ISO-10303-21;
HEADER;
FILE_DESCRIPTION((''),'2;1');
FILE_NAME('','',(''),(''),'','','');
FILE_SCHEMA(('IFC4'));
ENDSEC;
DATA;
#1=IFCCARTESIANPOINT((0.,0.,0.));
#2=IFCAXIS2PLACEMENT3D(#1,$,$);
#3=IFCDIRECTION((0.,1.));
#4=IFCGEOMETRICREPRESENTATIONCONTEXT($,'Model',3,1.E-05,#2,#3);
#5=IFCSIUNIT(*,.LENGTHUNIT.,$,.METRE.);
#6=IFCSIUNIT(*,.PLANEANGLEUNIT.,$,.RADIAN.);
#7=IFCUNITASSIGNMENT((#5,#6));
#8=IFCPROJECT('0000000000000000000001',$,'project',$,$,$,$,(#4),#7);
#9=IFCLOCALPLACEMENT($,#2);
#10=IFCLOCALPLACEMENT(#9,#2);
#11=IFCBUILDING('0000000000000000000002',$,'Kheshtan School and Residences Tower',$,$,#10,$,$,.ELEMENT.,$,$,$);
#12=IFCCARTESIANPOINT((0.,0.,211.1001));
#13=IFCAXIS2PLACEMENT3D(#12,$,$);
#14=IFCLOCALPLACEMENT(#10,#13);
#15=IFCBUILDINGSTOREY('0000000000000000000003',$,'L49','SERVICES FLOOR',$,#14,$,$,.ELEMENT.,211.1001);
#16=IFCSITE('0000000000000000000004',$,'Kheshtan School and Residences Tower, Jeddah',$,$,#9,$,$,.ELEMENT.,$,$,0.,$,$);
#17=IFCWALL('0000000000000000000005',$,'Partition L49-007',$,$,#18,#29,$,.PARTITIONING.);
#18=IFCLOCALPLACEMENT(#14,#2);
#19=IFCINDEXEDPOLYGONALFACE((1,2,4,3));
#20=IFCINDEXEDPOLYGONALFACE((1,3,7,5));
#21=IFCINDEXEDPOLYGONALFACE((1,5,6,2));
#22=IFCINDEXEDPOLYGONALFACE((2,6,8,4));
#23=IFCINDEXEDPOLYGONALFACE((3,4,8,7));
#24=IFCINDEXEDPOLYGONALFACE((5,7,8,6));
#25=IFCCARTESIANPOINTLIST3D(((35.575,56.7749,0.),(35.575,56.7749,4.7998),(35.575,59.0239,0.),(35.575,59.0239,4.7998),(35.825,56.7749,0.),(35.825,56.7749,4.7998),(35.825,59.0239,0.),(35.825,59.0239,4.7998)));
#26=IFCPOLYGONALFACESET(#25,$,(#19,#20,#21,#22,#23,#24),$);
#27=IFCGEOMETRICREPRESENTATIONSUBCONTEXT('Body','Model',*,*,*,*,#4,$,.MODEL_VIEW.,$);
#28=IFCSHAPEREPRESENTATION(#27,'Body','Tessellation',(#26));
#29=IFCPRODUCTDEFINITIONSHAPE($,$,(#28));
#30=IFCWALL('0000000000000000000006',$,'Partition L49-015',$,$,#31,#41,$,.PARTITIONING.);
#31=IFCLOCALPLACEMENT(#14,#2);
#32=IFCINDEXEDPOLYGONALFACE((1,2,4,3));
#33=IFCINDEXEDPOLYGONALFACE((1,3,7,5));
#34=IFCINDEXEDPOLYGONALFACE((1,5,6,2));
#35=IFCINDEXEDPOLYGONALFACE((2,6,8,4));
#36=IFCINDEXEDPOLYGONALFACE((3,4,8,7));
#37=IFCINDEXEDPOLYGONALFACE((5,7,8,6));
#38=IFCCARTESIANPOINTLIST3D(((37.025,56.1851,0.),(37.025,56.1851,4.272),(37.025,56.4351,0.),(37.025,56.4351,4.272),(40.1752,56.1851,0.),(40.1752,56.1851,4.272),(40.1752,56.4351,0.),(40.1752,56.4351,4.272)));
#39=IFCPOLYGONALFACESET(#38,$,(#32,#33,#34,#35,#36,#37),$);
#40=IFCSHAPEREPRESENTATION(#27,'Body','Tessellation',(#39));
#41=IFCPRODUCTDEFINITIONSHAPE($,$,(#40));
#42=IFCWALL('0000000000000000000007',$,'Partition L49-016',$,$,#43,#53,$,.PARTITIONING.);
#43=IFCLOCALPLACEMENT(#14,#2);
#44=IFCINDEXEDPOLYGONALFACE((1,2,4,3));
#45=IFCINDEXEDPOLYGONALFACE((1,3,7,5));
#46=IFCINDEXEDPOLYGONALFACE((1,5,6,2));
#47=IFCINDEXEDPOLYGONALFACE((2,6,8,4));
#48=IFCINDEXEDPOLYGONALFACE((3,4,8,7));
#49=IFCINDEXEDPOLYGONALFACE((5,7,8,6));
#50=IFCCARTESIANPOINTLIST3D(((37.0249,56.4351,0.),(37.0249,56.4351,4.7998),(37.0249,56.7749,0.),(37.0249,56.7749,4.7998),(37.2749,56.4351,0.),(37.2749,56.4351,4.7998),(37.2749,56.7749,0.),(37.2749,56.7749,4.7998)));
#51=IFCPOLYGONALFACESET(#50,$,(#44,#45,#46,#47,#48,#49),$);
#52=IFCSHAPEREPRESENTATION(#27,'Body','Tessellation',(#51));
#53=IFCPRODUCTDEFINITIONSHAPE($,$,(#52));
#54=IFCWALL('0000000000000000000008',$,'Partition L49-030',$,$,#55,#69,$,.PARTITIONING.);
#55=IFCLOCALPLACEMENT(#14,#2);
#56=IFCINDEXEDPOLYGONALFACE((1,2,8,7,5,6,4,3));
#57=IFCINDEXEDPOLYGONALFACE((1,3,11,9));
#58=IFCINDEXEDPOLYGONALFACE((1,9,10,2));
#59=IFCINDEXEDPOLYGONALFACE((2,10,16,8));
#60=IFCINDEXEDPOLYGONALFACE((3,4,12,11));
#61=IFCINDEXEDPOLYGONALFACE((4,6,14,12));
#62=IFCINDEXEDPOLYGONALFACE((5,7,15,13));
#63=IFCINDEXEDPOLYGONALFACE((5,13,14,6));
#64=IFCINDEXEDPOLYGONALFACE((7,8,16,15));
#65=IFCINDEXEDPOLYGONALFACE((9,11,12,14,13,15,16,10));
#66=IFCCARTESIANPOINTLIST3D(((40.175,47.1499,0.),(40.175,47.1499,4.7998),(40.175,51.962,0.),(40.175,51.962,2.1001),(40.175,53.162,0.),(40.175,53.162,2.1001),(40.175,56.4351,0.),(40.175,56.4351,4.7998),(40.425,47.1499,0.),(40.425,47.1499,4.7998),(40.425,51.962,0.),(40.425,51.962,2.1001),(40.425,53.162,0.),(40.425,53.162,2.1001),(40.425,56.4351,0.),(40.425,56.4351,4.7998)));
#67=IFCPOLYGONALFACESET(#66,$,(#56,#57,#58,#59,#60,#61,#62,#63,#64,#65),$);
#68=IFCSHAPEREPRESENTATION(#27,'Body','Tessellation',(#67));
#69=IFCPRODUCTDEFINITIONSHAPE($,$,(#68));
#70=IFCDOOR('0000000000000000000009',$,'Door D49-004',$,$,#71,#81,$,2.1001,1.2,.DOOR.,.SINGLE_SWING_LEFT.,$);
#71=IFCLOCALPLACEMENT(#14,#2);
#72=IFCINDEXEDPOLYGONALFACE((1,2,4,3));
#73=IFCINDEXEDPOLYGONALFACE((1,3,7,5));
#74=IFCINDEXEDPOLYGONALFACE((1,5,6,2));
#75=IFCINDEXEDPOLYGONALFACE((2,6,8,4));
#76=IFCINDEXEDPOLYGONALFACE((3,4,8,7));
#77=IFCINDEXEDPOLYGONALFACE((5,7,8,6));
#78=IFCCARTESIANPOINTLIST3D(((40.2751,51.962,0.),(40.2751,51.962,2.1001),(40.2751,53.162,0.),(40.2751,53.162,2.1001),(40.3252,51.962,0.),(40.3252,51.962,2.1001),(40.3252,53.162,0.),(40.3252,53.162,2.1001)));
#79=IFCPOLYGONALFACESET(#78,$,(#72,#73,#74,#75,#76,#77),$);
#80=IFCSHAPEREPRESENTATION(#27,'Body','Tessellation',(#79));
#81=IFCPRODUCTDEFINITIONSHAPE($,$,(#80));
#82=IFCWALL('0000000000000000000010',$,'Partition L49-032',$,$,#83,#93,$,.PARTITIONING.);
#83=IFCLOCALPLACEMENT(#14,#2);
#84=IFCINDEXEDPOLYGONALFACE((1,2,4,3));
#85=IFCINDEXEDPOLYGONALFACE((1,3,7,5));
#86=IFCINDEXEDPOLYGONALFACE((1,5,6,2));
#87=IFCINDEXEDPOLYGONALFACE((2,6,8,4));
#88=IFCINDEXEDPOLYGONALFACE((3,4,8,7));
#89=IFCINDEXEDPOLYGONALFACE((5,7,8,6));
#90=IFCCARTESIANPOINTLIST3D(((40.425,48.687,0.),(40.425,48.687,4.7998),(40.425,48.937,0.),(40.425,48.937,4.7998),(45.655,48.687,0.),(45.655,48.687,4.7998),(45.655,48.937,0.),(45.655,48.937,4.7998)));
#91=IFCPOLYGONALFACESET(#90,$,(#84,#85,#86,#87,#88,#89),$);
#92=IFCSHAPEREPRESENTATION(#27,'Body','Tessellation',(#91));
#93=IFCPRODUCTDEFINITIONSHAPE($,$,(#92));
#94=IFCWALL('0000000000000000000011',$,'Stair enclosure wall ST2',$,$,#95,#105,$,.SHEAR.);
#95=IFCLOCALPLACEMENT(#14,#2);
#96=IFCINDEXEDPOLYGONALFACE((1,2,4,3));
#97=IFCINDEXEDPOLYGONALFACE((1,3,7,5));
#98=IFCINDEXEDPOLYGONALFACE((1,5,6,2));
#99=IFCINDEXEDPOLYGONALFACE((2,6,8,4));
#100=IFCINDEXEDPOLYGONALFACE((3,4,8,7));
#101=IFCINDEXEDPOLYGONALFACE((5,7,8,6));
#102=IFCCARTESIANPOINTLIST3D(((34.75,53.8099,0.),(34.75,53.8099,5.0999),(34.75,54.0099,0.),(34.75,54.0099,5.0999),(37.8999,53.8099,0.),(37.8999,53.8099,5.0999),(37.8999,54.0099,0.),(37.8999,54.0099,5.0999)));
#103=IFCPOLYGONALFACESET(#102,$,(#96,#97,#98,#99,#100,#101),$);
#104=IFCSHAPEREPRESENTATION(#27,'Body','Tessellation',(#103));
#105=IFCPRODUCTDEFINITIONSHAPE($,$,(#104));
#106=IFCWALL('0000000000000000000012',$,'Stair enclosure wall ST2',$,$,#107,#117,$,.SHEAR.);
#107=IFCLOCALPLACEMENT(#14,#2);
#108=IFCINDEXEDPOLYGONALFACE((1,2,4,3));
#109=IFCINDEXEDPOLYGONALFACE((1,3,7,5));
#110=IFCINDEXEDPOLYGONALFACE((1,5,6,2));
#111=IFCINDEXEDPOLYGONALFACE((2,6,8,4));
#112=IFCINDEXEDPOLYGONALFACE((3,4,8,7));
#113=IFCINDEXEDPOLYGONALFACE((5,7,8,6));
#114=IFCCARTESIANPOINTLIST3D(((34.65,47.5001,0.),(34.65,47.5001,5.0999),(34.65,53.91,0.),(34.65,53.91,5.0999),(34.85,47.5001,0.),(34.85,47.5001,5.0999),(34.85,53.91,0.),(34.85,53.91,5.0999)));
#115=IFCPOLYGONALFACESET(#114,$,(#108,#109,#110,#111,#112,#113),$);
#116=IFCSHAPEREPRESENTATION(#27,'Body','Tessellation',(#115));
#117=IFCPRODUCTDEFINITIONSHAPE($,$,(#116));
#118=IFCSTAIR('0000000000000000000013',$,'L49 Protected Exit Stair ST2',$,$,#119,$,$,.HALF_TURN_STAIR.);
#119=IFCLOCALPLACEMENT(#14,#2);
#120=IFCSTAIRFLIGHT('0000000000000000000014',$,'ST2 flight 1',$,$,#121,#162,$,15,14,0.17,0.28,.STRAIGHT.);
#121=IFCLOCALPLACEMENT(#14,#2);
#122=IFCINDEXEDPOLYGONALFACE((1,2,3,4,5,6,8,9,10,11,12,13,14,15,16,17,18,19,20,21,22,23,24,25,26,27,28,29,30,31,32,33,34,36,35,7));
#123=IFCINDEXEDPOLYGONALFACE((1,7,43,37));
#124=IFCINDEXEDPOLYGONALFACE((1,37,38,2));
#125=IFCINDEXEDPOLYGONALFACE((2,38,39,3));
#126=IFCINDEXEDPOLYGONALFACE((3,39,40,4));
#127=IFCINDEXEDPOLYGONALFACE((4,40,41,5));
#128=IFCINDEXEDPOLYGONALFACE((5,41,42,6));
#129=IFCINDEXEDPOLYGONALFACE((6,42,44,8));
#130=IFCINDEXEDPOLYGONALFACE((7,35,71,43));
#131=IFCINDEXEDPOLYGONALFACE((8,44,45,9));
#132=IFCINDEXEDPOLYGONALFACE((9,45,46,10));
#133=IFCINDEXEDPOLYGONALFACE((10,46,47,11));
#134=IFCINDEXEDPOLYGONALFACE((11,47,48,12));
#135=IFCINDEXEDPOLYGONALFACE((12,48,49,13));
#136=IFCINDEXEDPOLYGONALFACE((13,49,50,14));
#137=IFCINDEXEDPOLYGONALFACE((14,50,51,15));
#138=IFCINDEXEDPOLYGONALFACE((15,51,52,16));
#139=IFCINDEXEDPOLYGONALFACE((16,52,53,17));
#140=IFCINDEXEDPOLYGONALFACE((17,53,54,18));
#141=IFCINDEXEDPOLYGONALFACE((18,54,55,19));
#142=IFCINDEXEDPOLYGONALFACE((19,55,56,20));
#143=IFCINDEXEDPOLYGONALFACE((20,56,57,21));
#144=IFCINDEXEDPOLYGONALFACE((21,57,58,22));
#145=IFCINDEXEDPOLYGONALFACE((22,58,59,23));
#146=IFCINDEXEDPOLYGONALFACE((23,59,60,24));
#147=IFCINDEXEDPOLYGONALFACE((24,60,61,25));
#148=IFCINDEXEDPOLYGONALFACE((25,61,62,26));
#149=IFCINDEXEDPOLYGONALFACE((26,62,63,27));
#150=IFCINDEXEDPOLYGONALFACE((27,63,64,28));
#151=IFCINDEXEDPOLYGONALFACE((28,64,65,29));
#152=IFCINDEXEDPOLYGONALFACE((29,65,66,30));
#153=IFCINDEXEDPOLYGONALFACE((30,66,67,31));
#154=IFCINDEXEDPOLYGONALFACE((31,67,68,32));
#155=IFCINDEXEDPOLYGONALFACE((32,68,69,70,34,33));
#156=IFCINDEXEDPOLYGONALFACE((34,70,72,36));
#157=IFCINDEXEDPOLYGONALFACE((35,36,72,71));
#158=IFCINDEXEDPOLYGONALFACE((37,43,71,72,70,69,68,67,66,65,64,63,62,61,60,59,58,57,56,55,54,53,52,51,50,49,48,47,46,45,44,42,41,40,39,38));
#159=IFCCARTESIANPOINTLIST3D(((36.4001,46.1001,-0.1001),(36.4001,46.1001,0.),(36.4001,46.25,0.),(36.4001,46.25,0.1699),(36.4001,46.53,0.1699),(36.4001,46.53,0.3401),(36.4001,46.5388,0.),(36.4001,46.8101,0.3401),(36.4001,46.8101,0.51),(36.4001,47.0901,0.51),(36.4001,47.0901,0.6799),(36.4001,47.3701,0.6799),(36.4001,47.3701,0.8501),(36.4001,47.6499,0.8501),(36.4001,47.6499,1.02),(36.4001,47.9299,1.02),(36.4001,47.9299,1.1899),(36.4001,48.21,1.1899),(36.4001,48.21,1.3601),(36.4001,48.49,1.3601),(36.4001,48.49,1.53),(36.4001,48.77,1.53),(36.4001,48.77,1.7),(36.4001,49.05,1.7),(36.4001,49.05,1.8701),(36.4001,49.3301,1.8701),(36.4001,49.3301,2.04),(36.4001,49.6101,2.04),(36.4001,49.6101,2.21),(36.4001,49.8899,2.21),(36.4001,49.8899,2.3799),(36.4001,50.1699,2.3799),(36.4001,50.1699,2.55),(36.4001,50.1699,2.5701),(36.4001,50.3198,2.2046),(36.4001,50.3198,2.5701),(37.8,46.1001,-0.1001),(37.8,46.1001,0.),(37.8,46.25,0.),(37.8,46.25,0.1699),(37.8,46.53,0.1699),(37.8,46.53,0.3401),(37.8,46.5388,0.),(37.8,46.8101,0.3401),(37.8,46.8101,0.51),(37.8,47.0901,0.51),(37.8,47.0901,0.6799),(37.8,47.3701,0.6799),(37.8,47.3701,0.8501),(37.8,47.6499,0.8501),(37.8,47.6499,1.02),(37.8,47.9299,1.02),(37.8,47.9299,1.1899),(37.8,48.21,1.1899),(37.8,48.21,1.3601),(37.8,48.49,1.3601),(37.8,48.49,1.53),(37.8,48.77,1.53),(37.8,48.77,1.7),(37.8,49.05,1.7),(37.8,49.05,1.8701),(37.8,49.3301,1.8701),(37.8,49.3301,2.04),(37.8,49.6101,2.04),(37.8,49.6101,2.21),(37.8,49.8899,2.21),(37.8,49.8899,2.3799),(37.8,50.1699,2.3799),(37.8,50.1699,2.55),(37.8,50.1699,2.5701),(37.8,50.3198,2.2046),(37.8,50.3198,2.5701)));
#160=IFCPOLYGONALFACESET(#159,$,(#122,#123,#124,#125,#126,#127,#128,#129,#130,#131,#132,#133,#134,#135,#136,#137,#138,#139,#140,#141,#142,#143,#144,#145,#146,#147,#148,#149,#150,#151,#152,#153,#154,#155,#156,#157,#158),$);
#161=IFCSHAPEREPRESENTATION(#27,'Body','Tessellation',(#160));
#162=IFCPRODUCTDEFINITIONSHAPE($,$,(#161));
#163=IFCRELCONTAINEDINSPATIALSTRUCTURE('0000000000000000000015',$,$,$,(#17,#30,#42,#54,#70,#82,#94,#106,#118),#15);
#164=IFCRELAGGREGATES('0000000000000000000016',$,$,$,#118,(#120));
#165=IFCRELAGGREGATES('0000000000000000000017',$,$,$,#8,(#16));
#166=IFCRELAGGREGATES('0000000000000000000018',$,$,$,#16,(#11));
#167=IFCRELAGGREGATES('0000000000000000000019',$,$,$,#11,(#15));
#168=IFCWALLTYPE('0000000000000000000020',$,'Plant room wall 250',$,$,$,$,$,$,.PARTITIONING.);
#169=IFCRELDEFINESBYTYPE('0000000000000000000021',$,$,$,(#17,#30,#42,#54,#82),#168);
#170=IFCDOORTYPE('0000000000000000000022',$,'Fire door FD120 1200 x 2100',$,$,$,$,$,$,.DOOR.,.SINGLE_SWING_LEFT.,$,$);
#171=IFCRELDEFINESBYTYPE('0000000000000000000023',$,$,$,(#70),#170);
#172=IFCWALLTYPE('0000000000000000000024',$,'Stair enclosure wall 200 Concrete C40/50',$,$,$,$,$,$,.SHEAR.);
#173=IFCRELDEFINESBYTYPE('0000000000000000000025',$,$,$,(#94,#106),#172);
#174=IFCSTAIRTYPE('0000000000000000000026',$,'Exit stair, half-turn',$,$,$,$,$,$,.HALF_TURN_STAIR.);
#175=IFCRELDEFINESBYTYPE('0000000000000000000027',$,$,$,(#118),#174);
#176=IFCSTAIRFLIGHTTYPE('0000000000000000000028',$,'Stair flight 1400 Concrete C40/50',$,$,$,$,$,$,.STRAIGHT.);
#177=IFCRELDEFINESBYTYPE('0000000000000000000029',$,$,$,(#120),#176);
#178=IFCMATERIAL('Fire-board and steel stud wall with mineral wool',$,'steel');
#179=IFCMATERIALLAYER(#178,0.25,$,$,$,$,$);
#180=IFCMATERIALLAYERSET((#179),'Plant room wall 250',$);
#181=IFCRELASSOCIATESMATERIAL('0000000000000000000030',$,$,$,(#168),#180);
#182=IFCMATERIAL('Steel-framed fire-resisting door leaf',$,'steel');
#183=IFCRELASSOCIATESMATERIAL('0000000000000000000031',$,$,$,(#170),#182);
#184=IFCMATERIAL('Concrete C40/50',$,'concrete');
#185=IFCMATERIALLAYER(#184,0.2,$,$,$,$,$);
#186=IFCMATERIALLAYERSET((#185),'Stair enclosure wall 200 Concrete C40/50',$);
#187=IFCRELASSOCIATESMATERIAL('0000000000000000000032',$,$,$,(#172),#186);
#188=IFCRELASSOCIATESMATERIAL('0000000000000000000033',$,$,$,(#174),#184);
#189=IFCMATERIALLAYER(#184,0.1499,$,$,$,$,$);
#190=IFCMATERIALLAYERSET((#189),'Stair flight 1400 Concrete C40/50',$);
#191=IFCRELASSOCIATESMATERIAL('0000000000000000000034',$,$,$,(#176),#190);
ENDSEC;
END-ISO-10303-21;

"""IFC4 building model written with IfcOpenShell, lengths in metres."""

from ifc_helpers import new_model, si_unit, direction, frame, frame_2d, origin, place, context, subcontext, project, spatial, polyline, rectangle, outline, extrude, source, transform, mapped, material, layer, layer_set, type_object, element, fill, aggregate, save


model = new_model("IFC4")

# Units and contexts
model_context = context("Model", 3, precision=1e-05, world=origin(), true_north=direction((0.0, 1.0)))
body_context = subcontext(model_context, "Body", "Model", "MODEL_VIEW")
ifc_project = project(units=[si_unit("LENGTHUNIT", "METRE"), si_unit("PLANEANGLEUNIT", "RADIAN")], contexts=[model_context])

# Site, building, storey
site_placement = place(None, origin())
site = spatial("IfcSite", under=ifc_project, at=site_placement, Name="Kheshtan School and Residences Tower, Jeddah", CompositionType="ELEMENT", RefElevation=0.0)
building_placement = place(site_placement, origin())
building = spatial("IfcBuilding", under=site, at=building_placement, Name="Kheshtan School and Residences Tower", CompositionType="ELEMENT")
storey_placement = place(building_placement, frame((0.0, 0.0, 211.1001)))
storey = spatial("IfcBuildingStorey", under=building, at=storey_placement, Name="L49", Description="SERVICES FLOOR", CompositionType="ELEMENT", Elevation=211.1001)

# Walls
ifc_material_1 = material(Name="Fire-board and steel stud wall with mineral wool", Category="steel")
ifc_layer_1 = layer(ifc_material_1, 0.25)
ifc_layer_set_1 = layer_set([ifc_layer_1], Name="Plant room wall 250")
wall_type_1 = type_object("IfcWallType", Name="Plant room wall 250", PredefinedType="PARTITIONING", material=ifc_layer_set_1)
wall_1_placement = place(storey_placement, frame((35.7, 56.7749, 0.0), z_axis=(0.0, 0.0, 1.0), x_axis=(0.0, 1.0, 0.0)))
element("IfcWall", 1, at=wall_1_placement, inside=storey, type_object=wall_type_1, Name="Partition L49-007", PredefinedType="PARTITIONING", context=body_context, shape_type="SweptSolid", body=[
    extrude(rectangle(XDim=2.249, YDim=0.25, at=frame_2d((1.1245, 0.0))), origin(), (0.0, 0.0, 1.0), 4.7998),
])
wall_2_placement = place(storey_placement, frame((37.0249, 56.3101, 0.0), z_axis=(0.0, 0.0, 1.0), x_axis=(1.0, 0.0, 0.0)))
element("IfcWall", 2, at=wall_2_placement, inside=storey, type_object=wall_type_1, Name="Partition L49-015", PredefinedType="PARTITIONING", context=body_context, shape_type="SweptSolid", body=[
    extrude(rectangle(XDim=3.1501, YDim=0.25, at=frame_2d((1.5752, 0.0))), origin(), (0.0, 0.0, 1.0), 4.272),
])
wall_3_placement = place(storey_placement, frame((37.1499, 56.4351, 0.0), z_axis=(0.0, 0.0, 1.0), x_axis=(0.0, 1.0, 0.0)))
element("IfcWall", 3, at=wall_3_placement, inside=storey, type_object=wall_type_1, Name="Partition L49-016", PredefinedType="PARTITIONING", context=body_context, shape_type="SweptSolid", body=[
    extrude(rectangle(XDim=0.3398, YDim=0.25, at=frame_2d((0.1699, 0.0))), origin(), (0.0, 0.0, 1.0), 4.7998),
])

# Wall, opening, door
wall_4_placement = place(storey_placement, frame((40.3, 47.1499, 0.0), z_axis=(0.0, 0.0, 1.0), x_axis=(0.0, 1.0, 0.0)))
wall_4 = element("IfcWall", 4, at=wall_4_placement, inside=storey, type_object=wall_type_1, Name="Partition L49-030", PredefinedType="PARTITIONING", context=body_context, shape_type="SweptSolid", body=[
    extrude(rectangle(XDim=9.2852, YDim=0.25, at=frame_2d((4.6426, 0.0))), origin(), (0.0, 0.0, 1.0), 4.7998),
])
opening_placement = place(wall_4_placement, frame((4.812, 0.0, 0.0)))
opening = element("IfcOpeningElement", 5, at=opening_placement, cuts=wall_4, PredefinedType="OPENING", context=body_context, shape_type="SweptSolid", body=[
    extrude(rectangle(XDim=1.2, YDim=2.1001, at=frame_2d((0.6001, 1.05))), frame((0.0, 0.135, 0.0), z_axis=(0.0, -1.0, 0.0), x_axis=(1.0, 0.0, 0.0)), (0.0, 0.0, 1.0), 0.27),
])
ifc_material_2 = material(Name="Steel-framed fire-resisting door leaf", Category="steel")
door_type = type_object("IfcDoorType", Name="Fire door FD120 1200 x 2100", OperationType="SINGLE_SWING_LEFT", PredefinedType="DOOR", material=ifc_material_2)
shared_shape = source(origin(), body_context, "Body", "SweptSolid", [
    extrude(rectangle(XDim=1.2, YDim=2.1001, at=frame_2d((0.6001, 1.05))), frame((0.0, 0.0249, 0.0), z_axis=(0.0, -1.0, 0.0), x_axis=(1.0, 0.0, 0.0)), (0.0, 0.0, 1.0), 0.05),
])
door_placement = place(opening_placement, origin())
door = element("IfcDoor", 6, at=door_placement, inside=storey, type_object=door_type, Name="Door D49-004", OperationType="SINGLE_SWING_LEFT", OverallHeight=2.1001, OverallWidth=1.2, PredefinedType="DOOR", context=body_context, shape_type="MappedRepresentation", body=[
    mapped(shared_shape, transform((0.0, 0.0, 0.0), x_axis=(1.0, 0.0, 0.0), y_axis=(0.0, 1.0, 0.0), z_axis=(0.0, 0.0, 1.0), scale=1.0)),
])
fill(opening, door)

# Walls
wall_5_placement = place(storey_placement, frame((40.425, 48.812, 0.0), z_axis=(0.0, 0.0, 1.0), x_axis=(1.0, 0.0, 0.0)))
element("IfcWall", 7, at=wall_5_placement, inside=storey, type_object=wall_type_1, Name="Partition L49-032", PredefinedType="PARTITIONING", context=body_context, shape_type="SweptSolid", body=[
    extrude(rectangle(XDim=5.23, YDim=0.25, at=frame_2d((2.615, 0.0))), origin(), (0.0, 0.0, 1.0), 4.7998),
])
ifc_material_3 = material(Name="Concrete C40/50", Category="concrete")
ifc_layer_2 = layer(ifc_material_3, 0.2)
ifc_layer_set_2 = layer_set([ifc_layer_2], Name="Stair enclosure wall 200 Concrete C40/50")
wall_type_2 = type_object("IfcWallType", Name="Stair enclosure wall 200 Concrete C40/50", PredefinedType="SHEAR", material=ifc_layer_set_2)
wall_6_placement = place(storey_placement, frame((34.75, 53.9099, 0.0), z_axis=(0.0, 0.0, 1.0), x_axis=(1.0, 0.0, 0.0)))
element("IfcWall", 8, at=wall_6_placement, inside=storey, type_object=wall_type_2, Name="Stair enclosure wall ST2", PredefinedType="SHEAR", context=body_context, shape_type="SweptSolid", body=[
    extrude(rectangle(XDim=3.1499, YDim=0.2, at=frame_2d((1.575, 0.0))), origin(), (0.0, 0.0, 1.0), 5.0999),
])
wall_7_placement = place(storey_placement, frame((34.75, 47.5, 0.0), z_axis=(0.0, 0.0, 1.0), x_axis=(0.0, 1.0, 0.0)))
element("IfcWall", 9, at=wall_7_placement, inside=storey, type_object=wall_type_2, Name="Stair enclosure wall ST2", PredefinedType="SHEAR", context=body_context, shape_type="SweptSolid", body=[
    extrude(rectangle(XDim=6.4099, YDim=0.2, at=frame_2d((3.2051, 0.0))), origin(), (0.0, 0.0, 1.0), 5.0999),
])

# Stair, stair flight
stair_type = type_object("IfcStairType", Name="Exit stair, half-turn", PredefinedType="HALF_TURN_STAIR", material=ifc_material_3)
stair_placement = place(storey_placement, origin())
stair = element("IfcStair", 10, at=stair_placement, inside=storey, type_object=stair_type, Name="L49 Protected Exit Stair ST2", PredefinedType="HALF_TURN_STAIR")
ifc_layer_3 = layer(ifc_material_3, 0.1499)
ifc_layer_set_3 = layer_set([ifc_layer_3], Name="Stair flight 1400 Concrete C40/50")
stair_flight_type = type_object("IfcStairFlightType", Name="Stair flight 1400 Concrete C40/50", PredefinedType="STRAIGHT", material=ifc_layer_set_3)
stair_flight_1_placement = place(storey_placement, frame((37.1001, 46.25, 0.0), z_axis=(0.0, 0.0, 1.0), x_axis=(0.0, 1.0, 0.0)))
stair_flight_1 = element("IfcStairFlight", 11, at=stair_flight_1_placement, type_object=stair_flight_type, Name="ST2 flight 1", NumberOfRisers=15, NumberOfTreads=14, PredefinedType="STRAIGHT", RiserHeight=0.17, TreadLength=0.28, context=body_context, shape_type="SweptSolid", body=[
    extrude(outline(polyline([(-0.1499, -0.1001), (-0.1499, 0.0), (0.0, 0.0), (0.0, 0.1699), (0.28, 0.1699), (0.28, 0.3401), (0.5601, 0.3401), (0.5601, 0.51), (0.8401, 0.51), (0.8401, 0.6799), (1.1201, 0.6799), (1.1201, 0.8501), (1.3999, 0.8501), (1.3999, 1.02), (1.6799, 1.02), (1.6799, 1.1899), (1.96, 1.1899), (1.96, 1.3601), (2.24, 1.3601), (2.24, 1.53), (2.52, 1.53), (2.52, 1.7), (2.8, 1.7), (2.8, 1.8701), (3.0801, 1.8701), (3.0801, 2.04), (3.3601, 2.04), (3.3601, 2.21), (3.6399, 2.21), (3.6399, 2.3799), (3.9199, 2.3799), (3.9199, 2.55), (3.9199, 2.5701), (4.0698, 2.5701), (4.0698, 2.2046), (0.2888, 0.0), (-0.1499, -0.1001)])), frame((0.0, 0.7, 0.0), z_axis=(0.0, -1.0, 0.0), x_axis=(1.0, 0.0, 0.0)), (0.0, 0.0, 1.0), 1.3999),
])
aggregate(stair, [stair_flight_1])

save(model, "model.ifc")
